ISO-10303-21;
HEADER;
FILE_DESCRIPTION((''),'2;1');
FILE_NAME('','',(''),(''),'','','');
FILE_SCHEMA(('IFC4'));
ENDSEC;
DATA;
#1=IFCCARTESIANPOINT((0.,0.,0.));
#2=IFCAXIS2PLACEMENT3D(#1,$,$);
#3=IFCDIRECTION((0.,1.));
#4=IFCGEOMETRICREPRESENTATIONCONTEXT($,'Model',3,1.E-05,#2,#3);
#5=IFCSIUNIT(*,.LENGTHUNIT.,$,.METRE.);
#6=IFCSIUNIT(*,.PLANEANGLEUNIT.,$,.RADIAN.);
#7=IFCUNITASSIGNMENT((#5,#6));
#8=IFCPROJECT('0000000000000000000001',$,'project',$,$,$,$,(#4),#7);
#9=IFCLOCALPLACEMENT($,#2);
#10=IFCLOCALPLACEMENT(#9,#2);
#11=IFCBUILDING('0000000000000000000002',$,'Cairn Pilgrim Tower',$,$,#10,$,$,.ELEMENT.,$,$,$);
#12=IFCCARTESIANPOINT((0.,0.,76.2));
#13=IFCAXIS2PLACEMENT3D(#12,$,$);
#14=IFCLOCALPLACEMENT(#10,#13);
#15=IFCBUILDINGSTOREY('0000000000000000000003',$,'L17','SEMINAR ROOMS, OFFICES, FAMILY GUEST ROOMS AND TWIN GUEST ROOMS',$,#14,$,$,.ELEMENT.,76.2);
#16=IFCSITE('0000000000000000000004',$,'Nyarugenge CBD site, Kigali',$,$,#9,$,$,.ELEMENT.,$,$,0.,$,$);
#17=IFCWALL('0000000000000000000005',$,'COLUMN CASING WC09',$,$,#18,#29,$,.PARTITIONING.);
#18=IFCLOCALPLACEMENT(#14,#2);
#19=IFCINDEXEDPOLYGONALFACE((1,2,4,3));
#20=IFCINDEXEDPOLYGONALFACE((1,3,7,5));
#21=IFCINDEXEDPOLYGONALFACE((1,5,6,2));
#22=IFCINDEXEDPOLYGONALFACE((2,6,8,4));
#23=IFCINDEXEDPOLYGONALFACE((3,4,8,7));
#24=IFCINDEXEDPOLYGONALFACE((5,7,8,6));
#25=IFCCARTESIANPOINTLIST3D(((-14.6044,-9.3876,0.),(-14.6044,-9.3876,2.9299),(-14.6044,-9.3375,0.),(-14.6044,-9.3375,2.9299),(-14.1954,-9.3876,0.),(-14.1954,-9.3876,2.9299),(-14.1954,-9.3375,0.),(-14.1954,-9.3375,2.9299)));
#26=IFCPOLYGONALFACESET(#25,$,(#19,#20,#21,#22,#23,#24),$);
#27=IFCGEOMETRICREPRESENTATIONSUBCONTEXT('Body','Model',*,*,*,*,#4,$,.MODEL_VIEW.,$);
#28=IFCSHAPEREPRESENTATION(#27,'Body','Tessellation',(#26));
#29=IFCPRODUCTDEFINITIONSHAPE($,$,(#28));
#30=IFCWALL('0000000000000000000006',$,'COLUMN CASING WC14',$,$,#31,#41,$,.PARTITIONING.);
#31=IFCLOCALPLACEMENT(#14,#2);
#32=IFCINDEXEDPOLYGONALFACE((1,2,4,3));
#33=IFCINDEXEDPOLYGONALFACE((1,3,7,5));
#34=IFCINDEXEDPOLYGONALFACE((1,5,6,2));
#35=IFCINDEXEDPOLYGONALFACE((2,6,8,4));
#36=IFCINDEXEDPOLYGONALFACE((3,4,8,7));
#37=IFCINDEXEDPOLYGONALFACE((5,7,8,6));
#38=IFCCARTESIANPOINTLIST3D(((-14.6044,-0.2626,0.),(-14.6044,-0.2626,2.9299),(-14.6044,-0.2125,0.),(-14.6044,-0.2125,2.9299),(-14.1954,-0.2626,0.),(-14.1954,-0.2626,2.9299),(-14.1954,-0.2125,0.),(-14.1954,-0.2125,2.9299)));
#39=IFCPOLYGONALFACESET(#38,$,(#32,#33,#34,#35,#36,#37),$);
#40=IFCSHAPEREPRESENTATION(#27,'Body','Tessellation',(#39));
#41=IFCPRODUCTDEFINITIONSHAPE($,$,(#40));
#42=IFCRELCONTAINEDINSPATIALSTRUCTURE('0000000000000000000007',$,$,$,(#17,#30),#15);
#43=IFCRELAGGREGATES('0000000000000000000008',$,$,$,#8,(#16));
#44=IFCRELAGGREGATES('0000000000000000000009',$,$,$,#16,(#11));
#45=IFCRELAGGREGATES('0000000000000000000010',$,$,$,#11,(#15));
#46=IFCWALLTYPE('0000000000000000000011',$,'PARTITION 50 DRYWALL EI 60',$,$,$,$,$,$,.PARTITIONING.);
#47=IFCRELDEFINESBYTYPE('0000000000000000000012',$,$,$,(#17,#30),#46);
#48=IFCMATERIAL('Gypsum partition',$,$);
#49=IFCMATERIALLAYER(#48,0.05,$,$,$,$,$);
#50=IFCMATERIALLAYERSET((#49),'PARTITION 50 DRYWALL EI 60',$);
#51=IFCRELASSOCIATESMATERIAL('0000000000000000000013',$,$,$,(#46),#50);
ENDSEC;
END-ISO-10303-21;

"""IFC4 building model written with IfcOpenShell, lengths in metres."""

from ifc_helpers import new_model, si_unit, direction, frame, frame_2d, origin, place, context, subcontext, project, spatial, rectangle, extrude, material, layer, layer_set, type_object, element, save


model = new_model("IFC4")

# Units and contexts
model_context = context("Model", 3, precision=1e-05, world=origin(), true_north=direction((0.0, 1.0)))
body_context = subcontext(model_context, "Body", "Model", "MODEL_VIEW")
ifc_project = project(units=[si_unit("LENGTHUNIT", "METRE"), si_unit("PLANEANGLEUNIT", "RADIAN")], contexts=[model_context])

# Site, building, storey
site_placement = place(None, origin())
site = spatial("IfcSite", under=ifc_project, at=site_placement, Name="Nyarugenge CBD site, Kigali", CompositionType="ELEMENT", RefElevation=0.0)
building_placement = place(site_placement, origin())
building = spatial("IfcBuilding", under=site, at=building_placement, Name="Cairn Pilgrim Tower", CompositionType="ELEMENT")
storey_placement = place(building_placement, frame((0.0, 0.0, 76.2)))
storey = spatial("IfcBuildingStorey", under=building, at=storey_placement, Name="L17", Description="SEMINAR ROOMS, OFFICES, FAMILY GUEST ROOMS AND TWIN GUEST ROOMS", CompositionType="ELEMENT", Elevation=76.2)

# Shared definitions
ifc_material_1 = material(Name="Gypsum partition")

# Walls
ifc_layer_1 = layer(ifc_material_1, 0.05)
ifc_layer_set_1 = layer_set([ifc_layer_1], Name="PARTITION 50 DRYWALL EI 60")
wall_type_1 = type_object("IfcWallType", Name="PARTITION 50 DRYWALL EI 60", PredefinedType="PARTITIONING", material=ifc_layer_set_1)
for number, where, z_axis, x_axis, name in (
    (1, (-14.6045, -9.3625, 0.0), (0.0, 0.0, 1.0), (1.0, 0.0, 0.0), "COLUMN CASING WC09"),
    (2, (-14.6045, -0.2375, 0.0), (0.0, 0.0, 1.0), (1.0, 0.0, 0.0), "COLUMN CASING WC14"),
):
    element("IfcWall", number, at=place(storey_placement, frame(where, z_axis=z_axis, x_axis=x_axis)), inside=storey, type_object=wall_type_1, Name=name, PredefinedType="PARTITIONING", context=body_context, shape_type="SweptSolid", body=[
        extrude(rectangle(XDim=0.4089, YDim=0.05, at=frame_2d((0.2046, 0.0))), origin(), (0.0, 0.0, 1.0), 2.9299),
    ])

save(model, "model.ifc")
